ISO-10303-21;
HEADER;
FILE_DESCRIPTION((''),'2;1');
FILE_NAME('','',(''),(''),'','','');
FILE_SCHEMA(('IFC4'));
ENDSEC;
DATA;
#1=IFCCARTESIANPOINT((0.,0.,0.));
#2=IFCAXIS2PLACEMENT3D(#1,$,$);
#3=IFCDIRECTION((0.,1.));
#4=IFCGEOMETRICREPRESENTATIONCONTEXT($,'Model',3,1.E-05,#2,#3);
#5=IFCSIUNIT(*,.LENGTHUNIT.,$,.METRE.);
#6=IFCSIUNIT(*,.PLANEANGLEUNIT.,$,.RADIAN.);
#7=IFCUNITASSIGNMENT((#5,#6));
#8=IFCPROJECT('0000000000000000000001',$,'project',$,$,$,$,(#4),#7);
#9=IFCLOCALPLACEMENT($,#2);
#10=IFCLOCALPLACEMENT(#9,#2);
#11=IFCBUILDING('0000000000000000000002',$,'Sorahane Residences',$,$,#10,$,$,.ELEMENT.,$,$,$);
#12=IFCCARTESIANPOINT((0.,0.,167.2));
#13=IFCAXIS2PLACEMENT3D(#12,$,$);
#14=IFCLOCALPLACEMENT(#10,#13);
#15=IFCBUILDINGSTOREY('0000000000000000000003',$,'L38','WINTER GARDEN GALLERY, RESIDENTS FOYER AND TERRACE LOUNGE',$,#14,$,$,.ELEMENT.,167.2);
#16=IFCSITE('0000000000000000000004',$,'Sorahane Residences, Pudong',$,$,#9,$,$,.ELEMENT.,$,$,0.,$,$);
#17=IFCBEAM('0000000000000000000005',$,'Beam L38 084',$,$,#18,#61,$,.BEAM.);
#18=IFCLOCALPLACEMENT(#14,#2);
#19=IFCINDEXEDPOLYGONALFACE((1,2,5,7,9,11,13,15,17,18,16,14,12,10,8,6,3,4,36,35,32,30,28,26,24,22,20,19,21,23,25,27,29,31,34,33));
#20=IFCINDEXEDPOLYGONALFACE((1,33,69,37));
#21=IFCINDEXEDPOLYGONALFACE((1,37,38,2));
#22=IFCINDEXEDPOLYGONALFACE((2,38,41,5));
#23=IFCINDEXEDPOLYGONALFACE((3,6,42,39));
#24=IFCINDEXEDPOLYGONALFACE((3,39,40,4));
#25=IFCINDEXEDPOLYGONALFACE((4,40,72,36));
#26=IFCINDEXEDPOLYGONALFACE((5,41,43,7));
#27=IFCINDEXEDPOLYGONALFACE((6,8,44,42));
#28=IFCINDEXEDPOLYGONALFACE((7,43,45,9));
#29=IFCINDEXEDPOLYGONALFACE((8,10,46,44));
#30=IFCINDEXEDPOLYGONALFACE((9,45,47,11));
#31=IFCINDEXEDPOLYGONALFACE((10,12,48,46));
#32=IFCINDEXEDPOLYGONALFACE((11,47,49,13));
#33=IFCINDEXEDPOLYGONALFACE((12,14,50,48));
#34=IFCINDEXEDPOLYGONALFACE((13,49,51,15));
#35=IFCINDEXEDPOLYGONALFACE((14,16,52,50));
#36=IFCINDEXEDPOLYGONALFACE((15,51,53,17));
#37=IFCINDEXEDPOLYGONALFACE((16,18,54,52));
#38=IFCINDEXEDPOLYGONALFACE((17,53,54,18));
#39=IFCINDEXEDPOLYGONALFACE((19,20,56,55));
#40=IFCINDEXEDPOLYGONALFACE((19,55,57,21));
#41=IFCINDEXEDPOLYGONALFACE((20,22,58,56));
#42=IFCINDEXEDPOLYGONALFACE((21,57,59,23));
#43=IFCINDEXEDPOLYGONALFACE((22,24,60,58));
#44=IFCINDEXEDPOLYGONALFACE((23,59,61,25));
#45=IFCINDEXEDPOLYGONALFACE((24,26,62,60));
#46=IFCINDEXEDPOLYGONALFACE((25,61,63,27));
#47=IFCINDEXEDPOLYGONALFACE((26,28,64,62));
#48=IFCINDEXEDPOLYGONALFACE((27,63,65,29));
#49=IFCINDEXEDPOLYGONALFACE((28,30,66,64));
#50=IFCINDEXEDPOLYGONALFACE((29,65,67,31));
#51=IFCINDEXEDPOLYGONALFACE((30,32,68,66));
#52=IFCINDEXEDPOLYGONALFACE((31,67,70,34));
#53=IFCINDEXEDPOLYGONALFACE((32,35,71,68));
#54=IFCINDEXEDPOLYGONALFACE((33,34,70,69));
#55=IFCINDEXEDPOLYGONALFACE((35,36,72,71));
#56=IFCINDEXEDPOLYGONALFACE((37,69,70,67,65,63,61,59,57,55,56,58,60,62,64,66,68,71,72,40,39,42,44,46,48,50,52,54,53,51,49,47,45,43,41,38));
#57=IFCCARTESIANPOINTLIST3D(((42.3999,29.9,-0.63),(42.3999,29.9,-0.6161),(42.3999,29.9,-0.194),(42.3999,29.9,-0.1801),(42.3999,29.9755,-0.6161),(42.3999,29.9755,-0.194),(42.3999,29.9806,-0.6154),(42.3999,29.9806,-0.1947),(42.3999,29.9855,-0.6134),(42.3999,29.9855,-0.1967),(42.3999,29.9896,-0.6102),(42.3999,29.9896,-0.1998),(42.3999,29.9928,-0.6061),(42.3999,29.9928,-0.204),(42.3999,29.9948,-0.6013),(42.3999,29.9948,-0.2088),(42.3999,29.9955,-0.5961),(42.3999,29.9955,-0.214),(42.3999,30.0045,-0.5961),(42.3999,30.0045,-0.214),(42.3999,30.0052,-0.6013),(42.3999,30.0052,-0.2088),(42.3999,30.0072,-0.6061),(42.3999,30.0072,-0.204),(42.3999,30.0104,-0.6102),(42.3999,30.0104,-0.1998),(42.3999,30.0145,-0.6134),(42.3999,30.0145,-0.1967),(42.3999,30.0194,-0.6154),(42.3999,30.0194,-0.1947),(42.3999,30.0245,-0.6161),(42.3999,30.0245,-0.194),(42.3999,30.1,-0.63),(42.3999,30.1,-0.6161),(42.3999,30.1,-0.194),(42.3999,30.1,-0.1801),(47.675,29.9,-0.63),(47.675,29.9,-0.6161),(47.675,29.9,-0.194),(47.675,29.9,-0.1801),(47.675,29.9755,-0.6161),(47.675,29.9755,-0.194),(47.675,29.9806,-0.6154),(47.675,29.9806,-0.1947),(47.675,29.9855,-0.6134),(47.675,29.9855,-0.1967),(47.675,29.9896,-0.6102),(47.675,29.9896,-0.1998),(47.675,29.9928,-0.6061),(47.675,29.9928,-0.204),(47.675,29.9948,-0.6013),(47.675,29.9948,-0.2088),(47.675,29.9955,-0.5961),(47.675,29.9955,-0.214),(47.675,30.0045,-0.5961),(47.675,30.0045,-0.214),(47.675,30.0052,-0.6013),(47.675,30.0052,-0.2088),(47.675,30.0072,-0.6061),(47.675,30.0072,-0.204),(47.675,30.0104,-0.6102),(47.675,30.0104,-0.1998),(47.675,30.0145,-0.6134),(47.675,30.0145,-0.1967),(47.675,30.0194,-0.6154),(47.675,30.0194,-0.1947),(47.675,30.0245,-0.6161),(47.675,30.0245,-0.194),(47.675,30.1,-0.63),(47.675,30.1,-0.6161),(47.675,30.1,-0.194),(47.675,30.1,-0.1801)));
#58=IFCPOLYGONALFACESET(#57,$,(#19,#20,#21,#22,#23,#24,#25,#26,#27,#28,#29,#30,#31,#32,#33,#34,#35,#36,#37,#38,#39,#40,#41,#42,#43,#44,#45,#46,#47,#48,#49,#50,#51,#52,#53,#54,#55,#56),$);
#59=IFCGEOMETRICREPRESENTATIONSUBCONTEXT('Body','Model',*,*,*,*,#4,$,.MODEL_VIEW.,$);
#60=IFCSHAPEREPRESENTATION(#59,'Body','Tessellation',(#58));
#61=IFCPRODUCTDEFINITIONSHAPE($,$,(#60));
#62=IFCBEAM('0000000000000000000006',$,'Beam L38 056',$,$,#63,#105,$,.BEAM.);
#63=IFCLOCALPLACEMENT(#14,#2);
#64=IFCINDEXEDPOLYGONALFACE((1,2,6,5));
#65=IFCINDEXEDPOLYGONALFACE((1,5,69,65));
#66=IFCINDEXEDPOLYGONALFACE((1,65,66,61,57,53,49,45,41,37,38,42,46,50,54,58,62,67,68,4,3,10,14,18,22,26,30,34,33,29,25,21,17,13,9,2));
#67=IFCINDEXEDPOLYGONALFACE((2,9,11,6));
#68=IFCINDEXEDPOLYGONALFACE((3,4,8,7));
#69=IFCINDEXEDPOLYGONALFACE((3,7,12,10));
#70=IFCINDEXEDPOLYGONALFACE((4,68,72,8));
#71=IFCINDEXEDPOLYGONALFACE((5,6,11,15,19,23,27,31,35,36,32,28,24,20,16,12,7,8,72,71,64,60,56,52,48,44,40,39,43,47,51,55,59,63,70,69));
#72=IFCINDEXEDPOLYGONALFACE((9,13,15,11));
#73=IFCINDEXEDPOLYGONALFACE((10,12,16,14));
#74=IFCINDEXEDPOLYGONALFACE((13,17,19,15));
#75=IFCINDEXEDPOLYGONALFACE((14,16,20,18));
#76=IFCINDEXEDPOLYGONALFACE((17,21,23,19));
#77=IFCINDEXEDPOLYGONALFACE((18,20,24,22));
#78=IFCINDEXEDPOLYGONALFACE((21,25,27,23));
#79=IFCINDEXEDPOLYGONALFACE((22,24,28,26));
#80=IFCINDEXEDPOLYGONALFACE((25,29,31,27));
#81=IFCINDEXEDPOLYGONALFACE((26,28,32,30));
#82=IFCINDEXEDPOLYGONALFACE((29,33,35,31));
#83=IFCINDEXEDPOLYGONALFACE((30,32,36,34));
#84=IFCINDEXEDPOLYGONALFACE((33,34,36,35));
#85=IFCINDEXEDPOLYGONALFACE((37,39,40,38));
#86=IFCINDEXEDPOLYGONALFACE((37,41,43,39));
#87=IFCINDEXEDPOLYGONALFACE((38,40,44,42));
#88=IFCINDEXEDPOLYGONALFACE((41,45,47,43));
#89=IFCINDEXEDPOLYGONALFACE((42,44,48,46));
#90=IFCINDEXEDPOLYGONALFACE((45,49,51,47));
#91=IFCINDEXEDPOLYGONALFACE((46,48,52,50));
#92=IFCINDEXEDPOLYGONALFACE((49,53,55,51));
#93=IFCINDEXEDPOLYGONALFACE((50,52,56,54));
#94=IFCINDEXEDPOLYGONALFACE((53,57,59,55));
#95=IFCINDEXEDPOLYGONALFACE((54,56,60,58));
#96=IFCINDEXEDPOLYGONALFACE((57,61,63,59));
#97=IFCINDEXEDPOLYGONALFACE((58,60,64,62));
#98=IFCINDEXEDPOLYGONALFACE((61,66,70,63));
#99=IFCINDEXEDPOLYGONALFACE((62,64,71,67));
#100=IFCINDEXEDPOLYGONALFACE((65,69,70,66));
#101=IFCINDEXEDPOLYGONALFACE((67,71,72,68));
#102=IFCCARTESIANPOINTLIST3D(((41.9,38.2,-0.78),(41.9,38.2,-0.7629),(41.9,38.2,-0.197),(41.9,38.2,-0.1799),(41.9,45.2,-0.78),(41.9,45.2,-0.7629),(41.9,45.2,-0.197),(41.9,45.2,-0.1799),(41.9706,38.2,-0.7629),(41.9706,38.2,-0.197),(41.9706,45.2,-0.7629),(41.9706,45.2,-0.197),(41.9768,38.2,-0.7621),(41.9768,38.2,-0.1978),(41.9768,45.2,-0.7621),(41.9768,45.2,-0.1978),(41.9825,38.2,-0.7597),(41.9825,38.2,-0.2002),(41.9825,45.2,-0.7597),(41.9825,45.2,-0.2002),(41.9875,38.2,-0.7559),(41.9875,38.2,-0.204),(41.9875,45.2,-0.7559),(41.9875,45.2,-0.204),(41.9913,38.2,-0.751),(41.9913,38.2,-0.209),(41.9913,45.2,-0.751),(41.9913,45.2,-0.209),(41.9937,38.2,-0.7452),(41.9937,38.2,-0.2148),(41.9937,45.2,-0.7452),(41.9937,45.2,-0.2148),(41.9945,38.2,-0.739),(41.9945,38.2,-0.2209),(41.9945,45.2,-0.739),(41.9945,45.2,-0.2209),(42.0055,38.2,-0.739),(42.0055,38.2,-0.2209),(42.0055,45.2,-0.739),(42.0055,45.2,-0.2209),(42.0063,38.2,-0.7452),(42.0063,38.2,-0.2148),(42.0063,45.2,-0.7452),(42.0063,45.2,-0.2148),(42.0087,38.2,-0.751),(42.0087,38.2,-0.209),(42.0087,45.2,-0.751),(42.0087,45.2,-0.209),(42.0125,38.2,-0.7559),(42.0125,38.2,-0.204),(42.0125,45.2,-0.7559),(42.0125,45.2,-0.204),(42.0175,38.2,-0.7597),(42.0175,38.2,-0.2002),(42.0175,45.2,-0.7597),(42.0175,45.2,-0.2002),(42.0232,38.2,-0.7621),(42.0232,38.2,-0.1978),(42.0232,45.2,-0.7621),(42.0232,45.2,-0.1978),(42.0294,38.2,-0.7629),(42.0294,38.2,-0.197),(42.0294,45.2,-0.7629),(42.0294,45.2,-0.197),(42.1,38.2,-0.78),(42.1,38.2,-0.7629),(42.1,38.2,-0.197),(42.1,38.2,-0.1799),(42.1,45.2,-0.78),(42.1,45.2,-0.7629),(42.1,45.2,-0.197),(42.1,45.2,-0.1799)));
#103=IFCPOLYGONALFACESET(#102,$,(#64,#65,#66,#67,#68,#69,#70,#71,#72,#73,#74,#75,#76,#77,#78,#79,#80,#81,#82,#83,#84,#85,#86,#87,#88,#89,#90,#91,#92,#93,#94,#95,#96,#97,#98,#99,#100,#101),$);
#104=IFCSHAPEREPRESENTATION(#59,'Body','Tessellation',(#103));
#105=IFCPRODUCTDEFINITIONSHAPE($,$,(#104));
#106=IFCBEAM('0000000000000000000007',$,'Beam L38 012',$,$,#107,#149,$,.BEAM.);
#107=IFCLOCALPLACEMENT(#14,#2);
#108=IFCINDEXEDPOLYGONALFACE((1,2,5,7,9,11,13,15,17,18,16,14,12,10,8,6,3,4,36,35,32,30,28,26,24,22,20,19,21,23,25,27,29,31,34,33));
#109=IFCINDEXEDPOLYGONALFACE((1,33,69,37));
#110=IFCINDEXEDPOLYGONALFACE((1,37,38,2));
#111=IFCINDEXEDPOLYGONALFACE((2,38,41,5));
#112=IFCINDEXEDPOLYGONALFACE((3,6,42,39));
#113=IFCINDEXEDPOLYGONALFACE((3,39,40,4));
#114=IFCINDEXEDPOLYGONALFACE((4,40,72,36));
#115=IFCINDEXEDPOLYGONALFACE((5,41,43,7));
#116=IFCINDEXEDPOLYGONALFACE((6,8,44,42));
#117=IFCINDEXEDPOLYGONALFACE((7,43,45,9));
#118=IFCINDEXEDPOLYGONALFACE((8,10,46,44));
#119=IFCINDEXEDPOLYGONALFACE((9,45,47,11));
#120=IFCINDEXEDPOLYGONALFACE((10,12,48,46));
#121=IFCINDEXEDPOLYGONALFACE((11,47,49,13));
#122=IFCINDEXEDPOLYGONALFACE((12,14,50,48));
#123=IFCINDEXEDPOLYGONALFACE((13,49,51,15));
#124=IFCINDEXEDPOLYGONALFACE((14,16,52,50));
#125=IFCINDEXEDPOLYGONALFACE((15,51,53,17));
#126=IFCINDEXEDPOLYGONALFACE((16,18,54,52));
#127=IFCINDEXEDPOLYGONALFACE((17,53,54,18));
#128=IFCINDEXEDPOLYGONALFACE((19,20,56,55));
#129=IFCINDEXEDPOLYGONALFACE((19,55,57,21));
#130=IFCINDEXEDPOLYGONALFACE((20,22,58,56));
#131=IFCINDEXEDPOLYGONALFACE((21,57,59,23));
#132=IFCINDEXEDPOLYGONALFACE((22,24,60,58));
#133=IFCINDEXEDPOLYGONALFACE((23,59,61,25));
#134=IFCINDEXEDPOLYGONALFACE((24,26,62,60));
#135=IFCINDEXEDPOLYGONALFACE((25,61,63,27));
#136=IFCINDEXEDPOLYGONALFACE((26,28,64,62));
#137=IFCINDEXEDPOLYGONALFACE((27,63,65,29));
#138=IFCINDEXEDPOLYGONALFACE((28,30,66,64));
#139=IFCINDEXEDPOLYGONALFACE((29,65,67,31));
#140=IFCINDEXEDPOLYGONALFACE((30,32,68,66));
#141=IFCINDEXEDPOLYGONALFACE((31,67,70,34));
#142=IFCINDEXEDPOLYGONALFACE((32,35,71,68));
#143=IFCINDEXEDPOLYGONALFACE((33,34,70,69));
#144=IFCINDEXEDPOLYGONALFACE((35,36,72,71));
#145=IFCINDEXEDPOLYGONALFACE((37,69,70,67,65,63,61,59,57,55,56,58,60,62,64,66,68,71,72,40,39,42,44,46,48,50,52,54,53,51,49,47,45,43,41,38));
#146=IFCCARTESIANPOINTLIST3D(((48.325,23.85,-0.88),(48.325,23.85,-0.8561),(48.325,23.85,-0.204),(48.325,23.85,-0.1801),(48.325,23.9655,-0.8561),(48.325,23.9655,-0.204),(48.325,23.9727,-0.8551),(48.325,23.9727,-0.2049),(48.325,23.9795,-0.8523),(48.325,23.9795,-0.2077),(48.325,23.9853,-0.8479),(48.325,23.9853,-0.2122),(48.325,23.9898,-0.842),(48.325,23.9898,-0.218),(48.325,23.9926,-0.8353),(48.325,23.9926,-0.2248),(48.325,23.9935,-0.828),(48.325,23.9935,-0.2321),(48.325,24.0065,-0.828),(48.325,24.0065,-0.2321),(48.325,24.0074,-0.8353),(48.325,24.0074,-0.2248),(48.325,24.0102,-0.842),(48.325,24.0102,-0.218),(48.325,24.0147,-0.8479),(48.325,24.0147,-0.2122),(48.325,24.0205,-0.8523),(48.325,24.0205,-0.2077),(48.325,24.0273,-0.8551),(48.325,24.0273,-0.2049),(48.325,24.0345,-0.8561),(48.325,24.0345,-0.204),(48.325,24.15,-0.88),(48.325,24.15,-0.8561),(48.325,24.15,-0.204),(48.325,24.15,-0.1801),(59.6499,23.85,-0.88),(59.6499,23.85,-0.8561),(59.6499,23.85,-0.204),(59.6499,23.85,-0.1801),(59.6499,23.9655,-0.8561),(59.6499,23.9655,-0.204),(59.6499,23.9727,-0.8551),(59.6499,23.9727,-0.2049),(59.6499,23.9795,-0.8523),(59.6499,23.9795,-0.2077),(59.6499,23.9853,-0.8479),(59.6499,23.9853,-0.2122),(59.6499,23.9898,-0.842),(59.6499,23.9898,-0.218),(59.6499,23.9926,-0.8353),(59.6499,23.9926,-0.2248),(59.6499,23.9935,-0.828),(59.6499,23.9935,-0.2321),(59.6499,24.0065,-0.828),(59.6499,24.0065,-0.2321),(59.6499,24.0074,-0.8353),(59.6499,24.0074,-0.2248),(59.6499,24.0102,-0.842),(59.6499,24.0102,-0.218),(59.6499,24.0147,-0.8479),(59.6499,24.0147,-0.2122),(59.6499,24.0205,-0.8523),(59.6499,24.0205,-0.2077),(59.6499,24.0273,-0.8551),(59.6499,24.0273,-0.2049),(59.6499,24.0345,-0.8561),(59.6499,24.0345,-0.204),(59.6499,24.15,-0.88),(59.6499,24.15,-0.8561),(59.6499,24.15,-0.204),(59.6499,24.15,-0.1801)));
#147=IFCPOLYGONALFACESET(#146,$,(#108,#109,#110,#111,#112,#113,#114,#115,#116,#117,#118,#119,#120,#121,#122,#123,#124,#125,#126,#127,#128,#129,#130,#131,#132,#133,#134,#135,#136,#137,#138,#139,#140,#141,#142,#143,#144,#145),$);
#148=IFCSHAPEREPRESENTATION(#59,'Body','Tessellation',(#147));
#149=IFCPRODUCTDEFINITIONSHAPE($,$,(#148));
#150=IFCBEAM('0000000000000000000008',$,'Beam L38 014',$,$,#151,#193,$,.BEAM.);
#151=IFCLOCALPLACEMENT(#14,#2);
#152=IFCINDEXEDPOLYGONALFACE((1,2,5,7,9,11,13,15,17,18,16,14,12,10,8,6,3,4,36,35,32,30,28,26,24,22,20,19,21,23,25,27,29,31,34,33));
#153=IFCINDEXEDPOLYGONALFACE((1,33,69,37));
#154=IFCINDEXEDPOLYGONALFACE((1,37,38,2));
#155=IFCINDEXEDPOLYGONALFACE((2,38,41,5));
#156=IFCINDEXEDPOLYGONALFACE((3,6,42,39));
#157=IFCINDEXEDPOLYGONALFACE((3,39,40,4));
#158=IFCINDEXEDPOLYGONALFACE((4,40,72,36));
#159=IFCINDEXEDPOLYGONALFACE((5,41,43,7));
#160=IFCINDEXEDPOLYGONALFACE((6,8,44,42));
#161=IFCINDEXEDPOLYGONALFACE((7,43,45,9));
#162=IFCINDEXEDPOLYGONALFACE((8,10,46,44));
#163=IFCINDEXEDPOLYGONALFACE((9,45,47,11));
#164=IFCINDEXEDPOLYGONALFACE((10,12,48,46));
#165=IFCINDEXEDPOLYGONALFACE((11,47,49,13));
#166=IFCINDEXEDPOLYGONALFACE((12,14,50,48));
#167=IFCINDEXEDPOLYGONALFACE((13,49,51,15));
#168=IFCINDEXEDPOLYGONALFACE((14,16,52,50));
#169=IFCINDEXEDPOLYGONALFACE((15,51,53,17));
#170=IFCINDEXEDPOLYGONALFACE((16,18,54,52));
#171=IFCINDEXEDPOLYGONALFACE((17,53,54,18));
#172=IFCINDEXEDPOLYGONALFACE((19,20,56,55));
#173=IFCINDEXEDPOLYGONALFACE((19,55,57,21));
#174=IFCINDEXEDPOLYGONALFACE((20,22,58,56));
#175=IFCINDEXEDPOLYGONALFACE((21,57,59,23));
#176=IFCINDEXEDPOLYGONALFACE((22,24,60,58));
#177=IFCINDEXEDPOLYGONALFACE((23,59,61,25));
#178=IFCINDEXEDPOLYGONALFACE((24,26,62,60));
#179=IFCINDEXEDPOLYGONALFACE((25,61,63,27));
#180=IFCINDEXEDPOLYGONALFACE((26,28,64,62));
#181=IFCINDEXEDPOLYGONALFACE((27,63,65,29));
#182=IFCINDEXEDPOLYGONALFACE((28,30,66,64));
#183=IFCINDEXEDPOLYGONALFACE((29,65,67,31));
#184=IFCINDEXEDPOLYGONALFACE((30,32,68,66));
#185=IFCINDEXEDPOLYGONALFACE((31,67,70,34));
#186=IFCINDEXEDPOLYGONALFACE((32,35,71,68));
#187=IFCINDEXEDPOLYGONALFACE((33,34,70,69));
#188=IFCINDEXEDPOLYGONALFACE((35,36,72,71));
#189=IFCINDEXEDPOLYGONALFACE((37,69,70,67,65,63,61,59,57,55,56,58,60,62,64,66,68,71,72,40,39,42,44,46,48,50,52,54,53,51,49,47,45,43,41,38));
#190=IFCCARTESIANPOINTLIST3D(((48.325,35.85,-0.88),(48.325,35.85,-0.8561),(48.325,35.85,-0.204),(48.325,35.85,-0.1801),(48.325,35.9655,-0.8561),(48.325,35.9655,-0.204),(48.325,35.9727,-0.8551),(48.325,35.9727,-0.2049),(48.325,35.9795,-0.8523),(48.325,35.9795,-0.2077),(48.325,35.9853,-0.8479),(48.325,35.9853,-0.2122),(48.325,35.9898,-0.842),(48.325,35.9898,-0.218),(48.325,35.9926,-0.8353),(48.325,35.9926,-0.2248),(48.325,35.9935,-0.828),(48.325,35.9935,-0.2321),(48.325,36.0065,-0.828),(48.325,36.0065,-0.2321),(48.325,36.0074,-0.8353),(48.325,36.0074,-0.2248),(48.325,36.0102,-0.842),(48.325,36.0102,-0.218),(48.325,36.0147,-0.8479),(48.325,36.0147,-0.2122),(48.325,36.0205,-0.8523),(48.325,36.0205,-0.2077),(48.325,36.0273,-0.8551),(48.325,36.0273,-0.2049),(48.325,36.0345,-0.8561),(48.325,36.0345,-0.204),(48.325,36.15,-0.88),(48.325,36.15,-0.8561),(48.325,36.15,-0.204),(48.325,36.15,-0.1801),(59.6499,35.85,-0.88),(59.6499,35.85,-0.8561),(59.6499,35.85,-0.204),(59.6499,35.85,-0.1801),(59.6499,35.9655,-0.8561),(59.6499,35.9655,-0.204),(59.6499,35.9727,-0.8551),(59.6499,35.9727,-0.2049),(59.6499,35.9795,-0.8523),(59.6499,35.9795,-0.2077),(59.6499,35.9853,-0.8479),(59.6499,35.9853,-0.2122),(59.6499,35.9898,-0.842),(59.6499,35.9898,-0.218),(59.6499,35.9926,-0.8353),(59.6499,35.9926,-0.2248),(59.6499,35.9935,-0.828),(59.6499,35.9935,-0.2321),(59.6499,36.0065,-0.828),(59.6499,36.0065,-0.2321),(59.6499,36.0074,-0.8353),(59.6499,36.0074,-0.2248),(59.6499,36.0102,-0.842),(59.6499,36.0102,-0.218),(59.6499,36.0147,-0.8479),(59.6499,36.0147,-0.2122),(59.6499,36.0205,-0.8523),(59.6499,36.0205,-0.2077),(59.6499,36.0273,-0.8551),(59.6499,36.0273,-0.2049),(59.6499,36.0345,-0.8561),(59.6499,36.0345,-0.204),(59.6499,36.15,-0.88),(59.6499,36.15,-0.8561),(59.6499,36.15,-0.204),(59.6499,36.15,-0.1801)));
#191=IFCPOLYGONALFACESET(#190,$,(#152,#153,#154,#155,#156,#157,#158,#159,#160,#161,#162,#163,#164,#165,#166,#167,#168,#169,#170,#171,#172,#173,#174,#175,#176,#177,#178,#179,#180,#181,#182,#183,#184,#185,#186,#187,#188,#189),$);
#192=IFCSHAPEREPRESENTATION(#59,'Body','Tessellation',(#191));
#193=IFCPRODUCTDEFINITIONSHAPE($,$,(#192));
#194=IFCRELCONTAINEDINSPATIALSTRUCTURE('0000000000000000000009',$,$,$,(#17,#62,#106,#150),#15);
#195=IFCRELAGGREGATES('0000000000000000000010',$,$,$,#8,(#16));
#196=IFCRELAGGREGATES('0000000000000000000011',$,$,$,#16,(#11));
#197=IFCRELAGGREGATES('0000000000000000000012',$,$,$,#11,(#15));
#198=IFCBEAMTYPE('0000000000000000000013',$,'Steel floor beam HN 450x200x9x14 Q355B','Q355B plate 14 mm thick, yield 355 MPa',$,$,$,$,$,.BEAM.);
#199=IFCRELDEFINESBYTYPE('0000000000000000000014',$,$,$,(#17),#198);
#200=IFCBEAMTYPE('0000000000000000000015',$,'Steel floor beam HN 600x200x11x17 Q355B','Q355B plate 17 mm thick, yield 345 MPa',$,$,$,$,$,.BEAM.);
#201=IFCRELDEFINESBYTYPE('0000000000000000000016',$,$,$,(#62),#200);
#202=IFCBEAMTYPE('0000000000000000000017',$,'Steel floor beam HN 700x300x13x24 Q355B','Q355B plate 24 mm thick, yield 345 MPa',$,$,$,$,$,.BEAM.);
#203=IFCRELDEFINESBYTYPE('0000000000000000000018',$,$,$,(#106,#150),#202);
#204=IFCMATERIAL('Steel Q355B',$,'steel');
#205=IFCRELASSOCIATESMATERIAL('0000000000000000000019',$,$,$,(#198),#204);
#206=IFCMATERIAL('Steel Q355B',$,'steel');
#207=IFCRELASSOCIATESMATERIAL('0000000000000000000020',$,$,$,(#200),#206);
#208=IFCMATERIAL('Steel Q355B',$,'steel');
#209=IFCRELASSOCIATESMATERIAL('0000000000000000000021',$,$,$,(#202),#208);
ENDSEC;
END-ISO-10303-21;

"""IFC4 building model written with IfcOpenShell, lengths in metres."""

from ifc_helpers import new_model, si_unit, direction, frame, origin, origin_2d, place, context, subcontext, project, spatial, i_section, extrude, material, material_profile, profile_set, type_object, element, save


model = new_model("IFC4")

# Units and contexts
model_context = context("Model", 3, precision=1e-05, world=origin(), true_north=direction((0.0, 1.0)))
body_context = subcontext(model_context, "Body", "Model", "MODEL_VIEW")
ifc_project = project(units=[si_unit("LENGTHUNIT", "METRE"), si_unit("PLANEANGLEUNIT", "RADIAN")], contexts=[model_context])

# Site, building, storey
site_placement = place(None, origin())
site = spatial("IfcSite", under=ifc_project, at=site_placement, Name="Sorahane Residences, Pudong", CompositionType="ELEMENT", RefElevation=0.0)
building_placement = place(site_placement, origin())
building = spatial("IfcBuilding", under=site, at=building_placement, Name="Sorahane Residences", CompositionType="ELEMENT")
storey_placement = place(building_placement, frame((0.0, 0.0, 167.2)))
storey = spatial("IfcBuildingStorey", under=building, at=storey_placement, Name="L38", Description="WINTER GARDEN GALLERY, RESIDENTS FOYER AND TERRACE LOUNGE", CompositionType="ELEMENT", Elevation=167.2)

# Beams
ifc_material_1 = material(Name="Steel Q355B", Category="steel")
ifc_material_profile_1 = material_profile(ifc_material_1, i_section(OverallWidth=0.2, OverallDepth=0.45, WebThickness=0.009, FlangeThickness=0.0139, FilletRadius=0.02, at=origin_2d()), Name="HN 450x200x9x14")
ifc_profile_set_1 = profile_set([ifc_material_profile_1], Name="Steel Q355B")
beam_type_1 = type_object("IfcBeamType", Name="Steel floor beam HN 450x200x9x14 Q355B", Description="Q355B plate 14 mm thick, yield 355 MPa", PredefinedType="BEAM", material=ifc_profile_set_1)
beam_1_placement = place(storey_placement, frame((42.3999, 30.0, -0.405), z_axis=(1.0, 0.0, 0.0), x_axis=(0.0, 1.0, 0.0)))
element("IfcBeam", 1, at=beam_1_placement, inside=storey, type_object=beam_type_1, Name="Beam L38 084", PredefinedType="BEAM", context=body_context, shape_type="SweptSolid", body=[
    extrude(i_section(OverallWidth=0.2, OverallDepth=0.45, WebThickness=0.009, FlangeThickness=0.0139, FilletRadius=0.02, at=origin_2d()), origin(), (0.0, 0.0, 1.0), 5.2751),
])
ifc_material_2 = material(Name="Steel Q355B", Category="steel")
ifc_material_profile_2 = material_profile(ifc_material_2, i_section(OverallWidth=0.2, OverallDepth=0.6001, WebThickness=0.011, FlangeThickness=0.0171, FilletRadius=0.0239, at=origin_2d()), Name="HN 600x200x11x17")
ifc_profile_set_2 = profile_set([ifc_material_profile_2], Name="Steel Q355B")
beam_type_2 = type_object("IfcBeamType", Name="Steel floor beam HN 600x200x11x17 Q355B", Description="Q355B plate 17 mm thick, yield 345 MPa", PredefinedType="BEAM", material=ifc_profile_set_2)
beam_2_placement = place(storey_placement, frame((42.0, 38.2, -0.48), z_axis=(0.0, 1.0, 0.0), x_axis=(-1.0, 0.0, 0.0)))
element("IfcBeam", 2, at=beam_2_placement, inside=storey, type_object=beam_type_2, Name="Beam L38 056", PredefinedType="BEAM", context=body_context, shape_type="SweptSolid", body=[
    extrude(i_section(OverallWidth=0.2, OverallDepth=0.6001, WebThickness=0.011, FlangeThickness=0.0171, FilletRadius=0.0239, at=origin_2d()), origin(), (0.0, 0.0, 1.0), 7.0),
])
ifc_material_3 = material(Name="Steel Q355B", Category="steel")
ifc_material_profile_3 = material_profile(ifc_material_3, i_section(OverallWidth=0.3, OverallDepth=0.7, WebThickness=0.0129, FlangeThickness=0.0239, FilletRadius=0.0281, at=origin_2d()), Name="HN 700x300x13x24")
ifc_profile_set_3 = profile_set([ifc_material_profile_3], Name="Steel Q355B")
beam_type_3 = type_object("IfcBeamType", Name="Steel floor beam HN 700x300x13x24 Q355B", Description="Q355B plate 24 mm thick, yield 345 MPa", PredefinedType="BEAM", material=ifc_profile_set_3)
for number, where, z_axis, x_axis, name in (
    (3, (48.325, 24.0, -0.53), (1.0, 0.0, 0.0), (0.0, 1.0, 0.0), "Beam L38 012"),
    (4, (48.325, 36.0, -0.53), (1.0, 0.0, 0.0), (0.0, 1.0, 0.0), "Beam L38 014"),
):
    element("IfcBeam", number, at=place(storey_placement, frame(where, z_axis=z_axis, x_axis=x_axis)), inside=storey, type_object=beam_type_3, Name=name, PredefinedType="BEAM", context=body_context, shape_type="SweptSolid", body=[
        extrude(i_section(OverallWidth=0.3, OverallDepth=0.7, WebThickness=0.0129, FlangeThickness=0.0239, FilletRadius=0.0281, at=origin_2d()), origin(), (0.0, 0.0, 1.0), 11.325),
    ])

save(model, "model.ifc")
